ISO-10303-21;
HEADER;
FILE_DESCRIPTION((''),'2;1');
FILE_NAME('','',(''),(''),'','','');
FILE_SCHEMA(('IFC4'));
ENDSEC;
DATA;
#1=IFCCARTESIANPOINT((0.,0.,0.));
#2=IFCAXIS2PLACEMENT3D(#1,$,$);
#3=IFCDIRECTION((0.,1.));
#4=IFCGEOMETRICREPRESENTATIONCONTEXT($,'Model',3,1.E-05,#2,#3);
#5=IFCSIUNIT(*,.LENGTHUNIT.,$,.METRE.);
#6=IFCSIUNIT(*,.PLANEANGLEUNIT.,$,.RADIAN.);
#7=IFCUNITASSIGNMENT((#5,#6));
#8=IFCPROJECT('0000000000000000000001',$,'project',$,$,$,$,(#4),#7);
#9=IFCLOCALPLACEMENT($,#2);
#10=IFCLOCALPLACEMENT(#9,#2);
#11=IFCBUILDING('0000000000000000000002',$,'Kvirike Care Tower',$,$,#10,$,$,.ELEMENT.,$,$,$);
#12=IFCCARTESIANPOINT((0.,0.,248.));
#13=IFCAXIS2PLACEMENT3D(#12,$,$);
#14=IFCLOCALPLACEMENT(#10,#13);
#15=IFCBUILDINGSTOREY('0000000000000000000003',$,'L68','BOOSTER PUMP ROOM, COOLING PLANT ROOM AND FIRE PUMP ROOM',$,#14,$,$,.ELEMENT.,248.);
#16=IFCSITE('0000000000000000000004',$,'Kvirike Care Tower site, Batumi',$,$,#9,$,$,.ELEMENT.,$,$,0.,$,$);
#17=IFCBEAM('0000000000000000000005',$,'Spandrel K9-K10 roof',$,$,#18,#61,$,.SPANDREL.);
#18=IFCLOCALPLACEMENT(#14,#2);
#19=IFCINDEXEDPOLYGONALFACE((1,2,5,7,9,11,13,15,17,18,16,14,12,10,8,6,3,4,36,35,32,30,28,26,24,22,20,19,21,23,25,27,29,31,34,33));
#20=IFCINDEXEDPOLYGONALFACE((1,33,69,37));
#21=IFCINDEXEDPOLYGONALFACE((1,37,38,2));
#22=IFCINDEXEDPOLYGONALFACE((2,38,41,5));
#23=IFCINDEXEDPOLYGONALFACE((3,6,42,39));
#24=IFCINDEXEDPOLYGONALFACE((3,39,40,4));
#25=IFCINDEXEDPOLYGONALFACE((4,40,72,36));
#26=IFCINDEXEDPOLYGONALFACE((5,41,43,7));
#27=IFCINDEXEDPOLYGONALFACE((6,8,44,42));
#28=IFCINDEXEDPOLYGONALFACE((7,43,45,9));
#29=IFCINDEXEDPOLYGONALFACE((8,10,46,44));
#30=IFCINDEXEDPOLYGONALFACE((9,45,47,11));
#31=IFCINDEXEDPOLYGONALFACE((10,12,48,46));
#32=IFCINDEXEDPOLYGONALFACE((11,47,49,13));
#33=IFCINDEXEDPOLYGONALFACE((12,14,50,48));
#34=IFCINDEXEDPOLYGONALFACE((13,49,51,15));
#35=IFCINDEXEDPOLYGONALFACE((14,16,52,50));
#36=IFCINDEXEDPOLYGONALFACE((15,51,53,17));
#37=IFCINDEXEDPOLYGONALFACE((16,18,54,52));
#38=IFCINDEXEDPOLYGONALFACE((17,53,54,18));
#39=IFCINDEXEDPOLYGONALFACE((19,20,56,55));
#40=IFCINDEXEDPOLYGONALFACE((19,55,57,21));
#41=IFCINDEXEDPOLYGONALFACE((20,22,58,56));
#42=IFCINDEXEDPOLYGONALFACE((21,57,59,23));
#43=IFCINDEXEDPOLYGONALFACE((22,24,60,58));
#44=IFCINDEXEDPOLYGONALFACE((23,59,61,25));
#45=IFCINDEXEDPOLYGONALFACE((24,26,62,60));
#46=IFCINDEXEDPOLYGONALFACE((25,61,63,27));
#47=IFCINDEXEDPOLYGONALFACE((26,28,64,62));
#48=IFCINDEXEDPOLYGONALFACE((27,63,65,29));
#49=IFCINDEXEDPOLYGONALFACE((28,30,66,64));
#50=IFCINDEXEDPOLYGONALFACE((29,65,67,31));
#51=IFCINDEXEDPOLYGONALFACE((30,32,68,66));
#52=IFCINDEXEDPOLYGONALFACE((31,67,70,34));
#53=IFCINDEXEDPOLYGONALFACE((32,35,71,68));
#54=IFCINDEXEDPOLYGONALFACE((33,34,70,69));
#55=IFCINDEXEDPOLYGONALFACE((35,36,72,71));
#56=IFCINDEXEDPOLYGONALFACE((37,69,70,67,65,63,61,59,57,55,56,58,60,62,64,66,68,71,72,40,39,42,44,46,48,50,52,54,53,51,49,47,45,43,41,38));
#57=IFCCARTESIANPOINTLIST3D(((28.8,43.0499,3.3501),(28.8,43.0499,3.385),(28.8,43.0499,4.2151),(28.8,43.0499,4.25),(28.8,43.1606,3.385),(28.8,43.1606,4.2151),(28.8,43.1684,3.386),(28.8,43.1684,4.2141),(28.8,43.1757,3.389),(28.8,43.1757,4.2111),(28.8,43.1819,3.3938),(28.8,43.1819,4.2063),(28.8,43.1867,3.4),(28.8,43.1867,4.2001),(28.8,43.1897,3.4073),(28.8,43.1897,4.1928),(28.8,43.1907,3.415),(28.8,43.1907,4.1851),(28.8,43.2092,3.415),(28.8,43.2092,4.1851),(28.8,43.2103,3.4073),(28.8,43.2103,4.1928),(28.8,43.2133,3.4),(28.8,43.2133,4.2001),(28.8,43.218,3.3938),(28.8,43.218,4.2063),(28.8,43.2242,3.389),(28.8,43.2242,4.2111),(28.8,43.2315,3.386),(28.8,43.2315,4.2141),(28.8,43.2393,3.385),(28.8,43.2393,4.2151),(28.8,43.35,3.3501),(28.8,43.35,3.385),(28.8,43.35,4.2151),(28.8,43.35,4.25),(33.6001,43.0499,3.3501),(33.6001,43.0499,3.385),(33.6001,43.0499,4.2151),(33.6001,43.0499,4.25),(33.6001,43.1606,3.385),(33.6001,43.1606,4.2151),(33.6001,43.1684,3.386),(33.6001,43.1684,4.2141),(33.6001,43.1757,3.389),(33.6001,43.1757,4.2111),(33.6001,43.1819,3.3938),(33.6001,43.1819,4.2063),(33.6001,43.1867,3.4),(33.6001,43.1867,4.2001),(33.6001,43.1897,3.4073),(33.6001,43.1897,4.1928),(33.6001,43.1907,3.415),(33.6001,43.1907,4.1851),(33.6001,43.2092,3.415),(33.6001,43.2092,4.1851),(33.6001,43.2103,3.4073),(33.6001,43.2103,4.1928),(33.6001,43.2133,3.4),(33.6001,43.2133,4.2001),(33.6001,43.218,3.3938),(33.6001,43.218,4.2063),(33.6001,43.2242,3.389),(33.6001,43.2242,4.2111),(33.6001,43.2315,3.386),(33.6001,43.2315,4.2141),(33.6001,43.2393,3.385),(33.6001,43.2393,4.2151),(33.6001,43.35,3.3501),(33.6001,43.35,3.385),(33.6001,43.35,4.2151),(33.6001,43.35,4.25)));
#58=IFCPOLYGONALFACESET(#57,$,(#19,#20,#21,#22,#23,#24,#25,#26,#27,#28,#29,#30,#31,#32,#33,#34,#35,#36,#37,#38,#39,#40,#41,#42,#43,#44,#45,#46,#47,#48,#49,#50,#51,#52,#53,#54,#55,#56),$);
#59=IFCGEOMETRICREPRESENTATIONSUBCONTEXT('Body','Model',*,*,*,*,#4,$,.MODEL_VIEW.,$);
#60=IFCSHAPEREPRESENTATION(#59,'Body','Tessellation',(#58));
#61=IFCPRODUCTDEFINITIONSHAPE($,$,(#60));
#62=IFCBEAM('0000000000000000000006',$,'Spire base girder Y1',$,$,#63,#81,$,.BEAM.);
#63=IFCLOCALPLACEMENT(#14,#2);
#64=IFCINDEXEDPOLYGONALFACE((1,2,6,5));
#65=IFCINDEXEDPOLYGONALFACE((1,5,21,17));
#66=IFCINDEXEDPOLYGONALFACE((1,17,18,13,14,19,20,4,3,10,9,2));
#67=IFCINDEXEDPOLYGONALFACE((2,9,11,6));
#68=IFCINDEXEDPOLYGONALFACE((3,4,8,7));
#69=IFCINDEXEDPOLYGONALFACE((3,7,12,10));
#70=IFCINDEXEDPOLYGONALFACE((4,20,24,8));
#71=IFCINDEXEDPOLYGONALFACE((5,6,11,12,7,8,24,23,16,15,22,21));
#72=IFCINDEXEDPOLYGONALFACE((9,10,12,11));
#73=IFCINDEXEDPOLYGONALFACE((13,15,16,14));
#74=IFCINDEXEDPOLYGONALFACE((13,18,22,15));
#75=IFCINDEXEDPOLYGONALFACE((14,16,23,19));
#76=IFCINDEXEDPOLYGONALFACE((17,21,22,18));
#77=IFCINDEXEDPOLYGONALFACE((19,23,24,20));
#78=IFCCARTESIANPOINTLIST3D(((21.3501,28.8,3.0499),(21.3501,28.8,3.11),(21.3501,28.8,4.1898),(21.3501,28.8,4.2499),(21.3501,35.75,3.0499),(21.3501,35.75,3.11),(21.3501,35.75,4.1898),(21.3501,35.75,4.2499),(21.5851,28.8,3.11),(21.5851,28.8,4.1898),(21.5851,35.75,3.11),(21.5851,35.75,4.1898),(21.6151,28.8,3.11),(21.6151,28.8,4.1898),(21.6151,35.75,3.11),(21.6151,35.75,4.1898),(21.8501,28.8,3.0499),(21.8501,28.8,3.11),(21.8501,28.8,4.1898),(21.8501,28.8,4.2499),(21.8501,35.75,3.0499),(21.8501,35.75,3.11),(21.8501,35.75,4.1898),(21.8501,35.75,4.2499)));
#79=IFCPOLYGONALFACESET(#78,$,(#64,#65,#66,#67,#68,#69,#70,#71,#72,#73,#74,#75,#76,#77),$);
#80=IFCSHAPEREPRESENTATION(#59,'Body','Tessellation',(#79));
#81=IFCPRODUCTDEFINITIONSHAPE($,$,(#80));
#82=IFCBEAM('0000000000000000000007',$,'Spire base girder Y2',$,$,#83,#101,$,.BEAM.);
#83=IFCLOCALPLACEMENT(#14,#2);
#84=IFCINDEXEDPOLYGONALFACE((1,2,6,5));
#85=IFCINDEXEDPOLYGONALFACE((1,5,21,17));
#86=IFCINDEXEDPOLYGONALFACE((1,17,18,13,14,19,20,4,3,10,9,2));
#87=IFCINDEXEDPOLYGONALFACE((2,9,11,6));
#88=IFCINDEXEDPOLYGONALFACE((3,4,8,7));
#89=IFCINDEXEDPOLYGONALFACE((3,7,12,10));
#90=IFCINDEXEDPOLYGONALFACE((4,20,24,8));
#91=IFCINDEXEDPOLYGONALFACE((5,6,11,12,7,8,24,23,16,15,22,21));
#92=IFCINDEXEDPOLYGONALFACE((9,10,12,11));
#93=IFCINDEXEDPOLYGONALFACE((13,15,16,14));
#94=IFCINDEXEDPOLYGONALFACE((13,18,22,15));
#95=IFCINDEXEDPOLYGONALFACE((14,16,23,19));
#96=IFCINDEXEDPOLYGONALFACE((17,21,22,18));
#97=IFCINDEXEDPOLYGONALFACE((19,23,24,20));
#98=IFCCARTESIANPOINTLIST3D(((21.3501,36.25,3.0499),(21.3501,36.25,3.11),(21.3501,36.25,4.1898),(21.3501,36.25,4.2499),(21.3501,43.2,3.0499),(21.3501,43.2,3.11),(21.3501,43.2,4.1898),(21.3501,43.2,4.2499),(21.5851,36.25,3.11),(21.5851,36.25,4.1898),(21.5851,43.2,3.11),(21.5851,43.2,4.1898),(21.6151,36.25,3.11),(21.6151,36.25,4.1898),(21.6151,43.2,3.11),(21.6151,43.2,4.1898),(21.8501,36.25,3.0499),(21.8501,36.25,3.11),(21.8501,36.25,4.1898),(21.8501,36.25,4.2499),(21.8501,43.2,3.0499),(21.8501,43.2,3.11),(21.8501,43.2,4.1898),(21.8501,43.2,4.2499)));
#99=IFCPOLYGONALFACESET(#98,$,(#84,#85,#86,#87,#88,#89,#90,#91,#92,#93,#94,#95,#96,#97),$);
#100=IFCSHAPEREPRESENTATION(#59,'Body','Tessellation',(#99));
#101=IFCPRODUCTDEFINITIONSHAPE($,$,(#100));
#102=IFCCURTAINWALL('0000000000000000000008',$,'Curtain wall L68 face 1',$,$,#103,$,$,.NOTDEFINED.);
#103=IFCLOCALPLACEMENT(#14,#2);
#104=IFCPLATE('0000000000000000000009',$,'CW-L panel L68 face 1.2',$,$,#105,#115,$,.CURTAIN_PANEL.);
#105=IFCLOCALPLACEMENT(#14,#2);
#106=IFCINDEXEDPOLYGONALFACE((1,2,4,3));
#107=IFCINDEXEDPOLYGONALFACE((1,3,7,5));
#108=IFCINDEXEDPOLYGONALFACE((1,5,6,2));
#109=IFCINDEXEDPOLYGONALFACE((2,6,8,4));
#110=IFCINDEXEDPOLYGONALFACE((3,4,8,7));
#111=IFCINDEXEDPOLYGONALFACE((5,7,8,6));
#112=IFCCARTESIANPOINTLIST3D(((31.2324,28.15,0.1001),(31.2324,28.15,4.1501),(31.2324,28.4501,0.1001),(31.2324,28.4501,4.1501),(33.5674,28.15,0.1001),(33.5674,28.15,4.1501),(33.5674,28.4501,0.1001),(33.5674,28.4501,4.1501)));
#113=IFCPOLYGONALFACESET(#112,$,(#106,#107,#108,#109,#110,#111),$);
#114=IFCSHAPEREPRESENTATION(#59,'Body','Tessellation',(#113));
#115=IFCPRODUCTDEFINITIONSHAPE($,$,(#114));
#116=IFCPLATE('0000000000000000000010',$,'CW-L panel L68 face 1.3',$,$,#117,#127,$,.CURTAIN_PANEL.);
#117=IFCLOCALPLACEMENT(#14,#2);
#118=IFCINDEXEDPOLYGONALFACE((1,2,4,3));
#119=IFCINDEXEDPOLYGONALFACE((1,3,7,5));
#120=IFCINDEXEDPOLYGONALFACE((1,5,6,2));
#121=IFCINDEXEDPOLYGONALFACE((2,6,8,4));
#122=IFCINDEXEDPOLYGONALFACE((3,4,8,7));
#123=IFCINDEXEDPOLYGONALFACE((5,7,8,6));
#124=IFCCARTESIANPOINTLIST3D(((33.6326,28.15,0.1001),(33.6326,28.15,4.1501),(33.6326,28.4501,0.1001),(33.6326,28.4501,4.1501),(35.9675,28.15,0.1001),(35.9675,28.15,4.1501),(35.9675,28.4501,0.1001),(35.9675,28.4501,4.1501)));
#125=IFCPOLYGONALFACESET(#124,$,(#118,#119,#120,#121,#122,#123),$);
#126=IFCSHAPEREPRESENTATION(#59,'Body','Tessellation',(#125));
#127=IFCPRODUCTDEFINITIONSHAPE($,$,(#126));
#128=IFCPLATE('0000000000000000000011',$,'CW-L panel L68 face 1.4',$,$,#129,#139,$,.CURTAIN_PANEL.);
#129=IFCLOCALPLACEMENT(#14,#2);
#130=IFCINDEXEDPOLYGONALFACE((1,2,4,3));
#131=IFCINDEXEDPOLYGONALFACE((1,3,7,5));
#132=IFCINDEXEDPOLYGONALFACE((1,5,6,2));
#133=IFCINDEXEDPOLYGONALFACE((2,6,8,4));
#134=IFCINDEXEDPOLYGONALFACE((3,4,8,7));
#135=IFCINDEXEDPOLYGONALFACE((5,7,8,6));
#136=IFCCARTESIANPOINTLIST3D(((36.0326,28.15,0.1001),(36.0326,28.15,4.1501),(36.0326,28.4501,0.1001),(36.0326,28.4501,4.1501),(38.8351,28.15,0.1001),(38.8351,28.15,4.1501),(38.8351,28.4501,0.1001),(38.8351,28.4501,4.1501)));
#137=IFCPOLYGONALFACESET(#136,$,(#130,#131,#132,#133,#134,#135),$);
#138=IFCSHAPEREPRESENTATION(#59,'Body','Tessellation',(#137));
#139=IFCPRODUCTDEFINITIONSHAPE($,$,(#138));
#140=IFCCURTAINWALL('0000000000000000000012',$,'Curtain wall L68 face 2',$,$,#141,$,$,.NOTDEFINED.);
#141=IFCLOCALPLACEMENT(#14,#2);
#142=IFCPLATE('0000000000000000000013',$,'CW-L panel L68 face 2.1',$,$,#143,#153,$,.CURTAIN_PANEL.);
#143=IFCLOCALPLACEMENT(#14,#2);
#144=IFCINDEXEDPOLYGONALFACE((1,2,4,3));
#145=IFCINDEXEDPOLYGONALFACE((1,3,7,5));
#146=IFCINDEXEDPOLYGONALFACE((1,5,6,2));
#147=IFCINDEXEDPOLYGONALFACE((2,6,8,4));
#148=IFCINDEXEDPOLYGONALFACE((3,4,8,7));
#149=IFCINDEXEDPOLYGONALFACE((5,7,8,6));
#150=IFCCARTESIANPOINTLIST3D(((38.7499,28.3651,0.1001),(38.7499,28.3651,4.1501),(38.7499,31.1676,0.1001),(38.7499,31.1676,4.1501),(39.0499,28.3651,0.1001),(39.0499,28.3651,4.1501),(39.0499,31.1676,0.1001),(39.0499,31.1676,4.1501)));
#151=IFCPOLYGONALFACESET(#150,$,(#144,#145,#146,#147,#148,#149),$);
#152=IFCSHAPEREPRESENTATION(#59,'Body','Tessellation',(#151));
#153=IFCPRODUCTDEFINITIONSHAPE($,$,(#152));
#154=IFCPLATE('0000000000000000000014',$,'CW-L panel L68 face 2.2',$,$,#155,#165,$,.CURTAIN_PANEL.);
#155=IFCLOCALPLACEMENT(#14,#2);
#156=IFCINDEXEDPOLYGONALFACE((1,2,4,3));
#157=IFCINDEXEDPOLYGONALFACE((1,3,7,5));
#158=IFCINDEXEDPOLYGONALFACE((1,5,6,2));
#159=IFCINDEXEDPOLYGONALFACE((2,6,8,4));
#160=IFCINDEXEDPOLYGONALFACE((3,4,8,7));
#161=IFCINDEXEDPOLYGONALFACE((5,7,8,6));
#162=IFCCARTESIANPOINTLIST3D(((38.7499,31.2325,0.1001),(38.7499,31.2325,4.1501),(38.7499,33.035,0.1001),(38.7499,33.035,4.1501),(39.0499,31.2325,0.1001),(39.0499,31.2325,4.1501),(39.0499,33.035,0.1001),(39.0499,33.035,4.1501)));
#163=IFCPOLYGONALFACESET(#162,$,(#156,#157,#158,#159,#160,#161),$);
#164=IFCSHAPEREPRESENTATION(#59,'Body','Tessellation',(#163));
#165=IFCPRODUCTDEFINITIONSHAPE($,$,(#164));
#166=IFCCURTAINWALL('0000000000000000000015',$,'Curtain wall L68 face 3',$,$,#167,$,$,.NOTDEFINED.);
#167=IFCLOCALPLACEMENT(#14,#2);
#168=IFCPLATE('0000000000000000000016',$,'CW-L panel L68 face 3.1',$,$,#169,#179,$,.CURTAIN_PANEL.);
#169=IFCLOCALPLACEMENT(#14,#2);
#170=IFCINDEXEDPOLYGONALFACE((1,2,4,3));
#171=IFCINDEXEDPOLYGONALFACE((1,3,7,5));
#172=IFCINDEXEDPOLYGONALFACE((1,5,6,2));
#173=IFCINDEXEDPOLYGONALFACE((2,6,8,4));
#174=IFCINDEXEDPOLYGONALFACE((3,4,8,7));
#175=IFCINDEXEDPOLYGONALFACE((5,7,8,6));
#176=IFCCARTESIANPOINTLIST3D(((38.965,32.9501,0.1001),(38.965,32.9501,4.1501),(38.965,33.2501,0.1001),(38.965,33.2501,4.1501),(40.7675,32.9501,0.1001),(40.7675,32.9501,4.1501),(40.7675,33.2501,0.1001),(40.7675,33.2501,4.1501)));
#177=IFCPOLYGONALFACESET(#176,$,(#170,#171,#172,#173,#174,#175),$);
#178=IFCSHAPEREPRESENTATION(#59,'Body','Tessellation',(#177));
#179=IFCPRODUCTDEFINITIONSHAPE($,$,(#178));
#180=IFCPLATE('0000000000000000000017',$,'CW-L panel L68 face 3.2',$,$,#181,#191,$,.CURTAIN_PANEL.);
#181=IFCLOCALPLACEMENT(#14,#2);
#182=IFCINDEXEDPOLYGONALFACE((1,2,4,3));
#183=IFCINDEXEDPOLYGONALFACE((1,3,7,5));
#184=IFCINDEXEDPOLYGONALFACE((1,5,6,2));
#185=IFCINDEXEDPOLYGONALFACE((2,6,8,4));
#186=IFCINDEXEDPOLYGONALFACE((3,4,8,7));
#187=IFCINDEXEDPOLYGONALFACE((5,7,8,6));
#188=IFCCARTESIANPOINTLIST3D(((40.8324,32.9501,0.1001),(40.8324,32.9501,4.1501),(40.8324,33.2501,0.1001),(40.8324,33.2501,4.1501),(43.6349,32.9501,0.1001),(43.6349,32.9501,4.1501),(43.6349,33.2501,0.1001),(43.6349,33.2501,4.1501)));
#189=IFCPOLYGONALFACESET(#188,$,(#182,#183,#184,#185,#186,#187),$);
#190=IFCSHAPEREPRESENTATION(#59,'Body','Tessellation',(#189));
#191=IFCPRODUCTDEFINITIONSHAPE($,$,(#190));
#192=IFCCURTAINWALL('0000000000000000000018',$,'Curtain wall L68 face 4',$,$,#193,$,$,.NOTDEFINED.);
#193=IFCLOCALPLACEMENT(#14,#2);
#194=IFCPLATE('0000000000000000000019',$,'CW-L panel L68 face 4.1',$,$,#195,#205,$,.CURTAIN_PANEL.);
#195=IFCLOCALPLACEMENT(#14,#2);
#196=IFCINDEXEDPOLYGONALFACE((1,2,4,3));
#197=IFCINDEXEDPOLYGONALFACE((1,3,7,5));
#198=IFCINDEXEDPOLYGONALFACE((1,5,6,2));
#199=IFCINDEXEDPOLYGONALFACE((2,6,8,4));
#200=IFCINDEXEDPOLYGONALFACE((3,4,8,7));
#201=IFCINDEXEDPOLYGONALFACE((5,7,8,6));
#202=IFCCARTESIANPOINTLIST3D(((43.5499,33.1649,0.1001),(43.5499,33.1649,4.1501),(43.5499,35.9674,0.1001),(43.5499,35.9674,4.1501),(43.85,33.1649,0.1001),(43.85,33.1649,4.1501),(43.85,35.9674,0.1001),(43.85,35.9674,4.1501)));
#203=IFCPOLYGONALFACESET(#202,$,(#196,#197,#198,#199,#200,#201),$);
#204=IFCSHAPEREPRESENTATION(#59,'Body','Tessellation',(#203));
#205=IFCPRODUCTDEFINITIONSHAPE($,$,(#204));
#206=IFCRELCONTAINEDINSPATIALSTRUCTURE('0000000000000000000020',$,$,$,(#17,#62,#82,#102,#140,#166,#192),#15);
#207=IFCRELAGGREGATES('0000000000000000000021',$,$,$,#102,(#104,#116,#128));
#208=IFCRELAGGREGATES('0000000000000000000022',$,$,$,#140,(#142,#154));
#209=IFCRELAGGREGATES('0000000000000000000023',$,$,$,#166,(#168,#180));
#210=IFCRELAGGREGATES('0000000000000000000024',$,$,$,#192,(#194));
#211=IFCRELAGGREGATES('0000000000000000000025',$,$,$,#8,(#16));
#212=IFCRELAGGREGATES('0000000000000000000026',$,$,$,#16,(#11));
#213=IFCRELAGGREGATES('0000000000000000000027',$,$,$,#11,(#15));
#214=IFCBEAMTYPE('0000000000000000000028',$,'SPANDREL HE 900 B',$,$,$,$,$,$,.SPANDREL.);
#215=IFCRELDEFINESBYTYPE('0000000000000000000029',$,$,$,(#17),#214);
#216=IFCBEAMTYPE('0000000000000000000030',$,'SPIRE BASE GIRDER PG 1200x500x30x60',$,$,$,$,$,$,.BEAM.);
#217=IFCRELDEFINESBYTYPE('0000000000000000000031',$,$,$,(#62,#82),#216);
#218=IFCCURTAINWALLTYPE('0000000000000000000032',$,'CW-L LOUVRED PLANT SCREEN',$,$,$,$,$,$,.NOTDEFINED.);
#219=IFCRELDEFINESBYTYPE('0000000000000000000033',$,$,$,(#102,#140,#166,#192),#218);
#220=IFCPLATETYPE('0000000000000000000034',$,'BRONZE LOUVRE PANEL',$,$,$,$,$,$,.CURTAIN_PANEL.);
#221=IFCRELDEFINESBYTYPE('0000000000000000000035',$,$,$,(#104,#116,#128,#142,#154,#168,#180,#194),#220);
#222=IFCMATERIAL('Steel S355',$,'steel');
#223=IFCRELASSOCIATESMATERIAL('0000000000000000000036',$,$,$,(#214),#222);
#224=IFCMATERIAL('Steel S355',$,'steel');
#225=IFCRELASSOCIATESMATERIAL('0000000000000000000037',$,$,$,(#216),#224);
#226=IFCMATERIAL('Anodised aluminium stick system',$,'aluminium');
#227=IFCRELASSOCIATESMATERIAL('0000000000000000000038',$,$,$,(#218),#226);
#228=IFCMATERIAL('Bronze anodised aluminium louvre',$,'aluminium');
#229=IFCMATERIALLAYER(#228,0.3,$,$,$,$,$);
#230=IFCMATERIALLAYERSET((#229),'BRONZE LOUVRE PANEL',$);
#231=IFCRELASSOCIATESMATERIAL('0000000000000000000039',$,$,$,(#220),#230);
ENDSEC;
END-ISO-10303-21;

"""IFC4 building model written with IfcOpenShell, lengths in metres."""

from ifc_helpers import new_model, si_unit, direction, frame, origin, origin_2d, place, context, subcontext, project, spatial, rectangle, i_section, extrude, material, layer, layer_set, material_profile, profile_set, type_object, element, aggregate, save


model = new_model("IFC4")

# Units and contexts
model_context = context("Model", 3, precision=1e-05, world=origin(), true_north=direction((0.0, 1.0)))
body_context = subcontext(model_context, "Body", "Model", "MODEL_VIEW")
ifc_project = project(units=[si_unit("LENGTHUNIT", "METRE"), si_unit("PLANEANGLEUNIT", "RADIAN")], contexts=[model_context])

# Site, building, storey
site_placement = place(None, origin())
site = spatial("IfcSite", under=ifc_project, at=site_placement, Name="Kvirike Care Tower site, Batumi", CompositionType="ELEMENT", RefElevation=0.0)
building_placement = place(site_placement, origin())
building = spatial("IfcBuilding", under=site, at=building_placement, Name="Kvirike Care Tower", CompositionType="ELEMENT")
storey_placement = place(building_placement, frame((0.0, 0.0, 248.0)))
storey = spatial("IfcBuildingStorey", under=building, at=storey_placement, Name="L68", Description="BOOSTER PUMP ROOM, COOLING PLANT ROOM AND FIRE PUMP ROOM", CompositionType="ELEMENT", Elevation=248.0)

# Beams
ifc_material_1 = material(Name="Steel S355", Category="steel")
ifc_material_profile_1 = material_profile(ifc_material_1, i_section(OverallWidth=0.3, OverallDepth=0.8999, WebThickness=0.0186, FlangeThickness=0.0349, FilletRadius=0.03, at=origin_2d()), Name="HE 900 B")
ifc_profile_set_1 = profile_set([ifc_material_profile_1], Name="Steel S355")
beam_type_1 = type_object("IfcBeamType", Name="SPANDREL HE 900 B", PredefinedType="SPANDREL", material=ifc_profile_set_1)
for number, where, z_axis, x_axis, name in (
    (1, (28.8, 43.2, 3.8), (1.0, 0.0, 0.0), (0.0, 1.0, 0.0), "Spandrel K9-K10 roof"),
):
    element("IfcBeam", number, at=place(storey_placement, frame(where, z_axis=z_axis, x_axis=x_axis)), inside=storey, type_object=beam_type_1, Name=name, PredefinedType="SPANDREL", context=body_context, shape_type="SweptSolid", body=[
        extrude(i_section(OverallWidth=0.3, OverallDepth=0.8999, WebThickness=0.0186, FlangeThickness=0.0349, FilletRadius=0.03, at=origin_2d()), origin(), (0.0, 0.0, 1.0), 4.8),
    ])
ifc_material_2 = material(Name="Steel S355", Category="steel")
ifc_material_profile_2 = material_profile(ifc_material_2, i_section(OverallWidth=0.5, OverallDepth=1.2, WebThickness=0.03, FlangeThickness=0.0601, at=origin_2d()), Name="PG 1200x500x30x60")
ifc_profile_set_2 = profile_set([ifc_material_profile_2], Name="Steel S355")
beam_type_2 = type_object("IfcBeamType", Name="SPIRE BASE GIRDER PG 1200x500x30x60", PredefinedType="BEAM", material=ifc_profile_set_2)
for number, where, z_axis, x_axis, name in (
    (2, (21.6001, 28.8, 3.6499), (0.0, 1.0, 0.0), (-1.0, 0.0, 0.0), "Spire base girder Y1"),
    (3, (21.6001, 36.25, 3.6499), (0.0, 1.0, 0.0), (-1.0, 0.0, 0.0), "Spire base girder Y2"),
):
    element("IfcBeam", number, at=place(storey_placement, frame(where, z_axis=z_axis, x_axis=x_axis)), inside=storey, type_object=beam_type_2, Name=name, PredefinedType="BEAM", context=body_context, shape_type="SweptSolid", body=[
        extrude(i_section(OverallWidth=0.5, OverallDepth=1.2, WebThickness=0.03, FlangeThickness=0.0601, at=origin_2d()), origin(), (0.0, 0.0, 1.0), 6.95),
    ])

# Curtain walls, plates
ifc_material_3 = material(Name="Anodised aluminium stick system", Category="aluminium")
curtain_wall_type = type_object("IfcCurtainWallType", Name="CW-L LOUVRED PLANT SCREEN", PredefinedType="NOTDEFINED", material=ifc_material_3)
curtain_wall_1_placement = place(storey_placement, origin())
curtain_wall_1 = element("IfcCurtainWall", 4, at=curtain_wall_1_placement, inside=storey, type_object=curtain_wall_type, Name="Curtain wall L68 face 1", PredefinedType="NOTDEFINED")
ifc_material_4 = material(Name="Bronze anodised aluminium louvre", Category="aluminium")
ifc_layer = layer(ifc_material_4, 0.3)
ifc_layer_set = layer_set([ifc_layer], Name="BRONZE LOUVRE PANEL")
plate_type = type_object("IfcPlateType", Name="BRONZE LOUVRE PANEL", PredefinedType="CURTAIN_PANEL", material=ifc_layer_set)
plate_1_placement = place(storey_placement, frame((32.3999, 28.3, 0.1001), z_axis=(0.0, 0.0, 1.0), x_axis=(1.0, 0.0, 0.0)))
plate_1 = element("IfcPlate", 5, at=plate_1_placement, type_object=plate_type, Name="CW-L panel L68 face 1.2", PredefinedType="CURTAIN_PANEL", context=body_context, shape_type="SweptSolid", body=[
    extrude(rectangle(XDim=2.335, YDim=0.3, at=origin_2d()), origin(), (0.0, 0.0, 1.0), 4.05),
])
plate_2_placement = place(storey_placement, frame((34.8, 28.3, 0.1001), z_axis=(0.0, 0.0, 1.0), x_axis=(1.0, 0.0, 0.0)))
plate_2 = element("IfcPlate", 6, at=plate_2_placement, type_object=plate_type, Name="CW-L panel L68 face 1.3", PredefinedType="CURTAIN_PANEL", context=body_context, shape_type="SweptSolid", body=[
    extrude(rectangle(XDim=2.335, YDim=0.3, at=origin_2d()), origin(), (0.0, 0.0, 1.0), 4.05),
])
plate_3_placement = place(storey_placement, frame((37.4338, 28.3, 0.1001), z_axis=(0.0, 0.0, 1.0), x_axis=(1.0, 0.0, 0.0)))
plate_3 = element("IfcPlate", 7, at=plate_3_placement, type_object=plate_type, Name="CW-L panel L68 face 1.4", PredefinedType="CURTAIN_PANEL", context=body_context, shape_type="SweptSolid", body=[
    extrude(rectangle(XDim=2.8025, YDim=0.3, at=origin_2d()), origin(), (0.0, 0.0, 1.0), 4.05),
])
aggregate(curtain_wall_1, [plate_1, plate_2, plate_3])
curtain_wall_2_placement = place(storey_placement, origin())
curtain_wall_2 = element("IfcCurtainWall", 8, at=curtain_wall_2_placement, inside=storey, type_object=curtain_wall_type, Name="Curtain wall L68 face 2", PredefinedType="NOTDEFINED")
plate_4_placement = place(storey_placement, frame((38.8999, 29.7664, 0.1001), z_axis=(0.0, 0.0, 1.0), x_axis=(0.0, 1.0, 0.0)))
plate_4 = element("IfcPlate", 9, at=plate_4_placement, type_object=plate_type, Name="CW-L panel L68 face 2.1", PredefinedType="CURTAIN_PANEL", context=body_context, shape_type="SweptSolid", body=[
    extrude(rectangle(XDim=2.8025, YDim=0.3, at=origin_2d()), origin(), (0.0, 0.0, 1.0), 4.05),
])
plate_5_placement = place(storey_placement, frame((38.8999, 32.1338, 0.1001), z_axis=(0.0, 0.0, 1.0), x_axis=(0.0, 1.0, 0.0)))
plate_5 = element("IfcPlate", 10, at=plate_5_placement, type_object=plate_type, Name="CW-L panel L68 face 2.2", PredefinedType="CURTAIN_PANEL", context=body_context, shape_type="SweptSolid", body=[
    extrude(rectangle(XDim=1.8025, YDim=0.3, at=origin_2d()), origin(), (0.0, 0.0, 1.0), 4.05),
])
aggregate(curtain_wall_2, [plate_4, plate_5])
curtain_wall_3_placement = place(storey_placement, origin())
curtain_wall_3 = element("IfcCurtainWall", 11, at=curtain_wall_3_placement, inside=storey, type_object=curtain_wall_type, Name="Curtain wall L68 face 3", PredefinedType="NOTDEFINED")
plate_6_placement = place(storey_placement, frame((39.8662, 33.1001, 0.1001), z_axis=(0.0, 0.0, 1.0), x_axis=(1.0, 0.0, 0.0)))
plate_6 = element("IfcPlate", 12, at=plate_6_placement, type_object=plate_type, Name="CW-L panel L68 face 3.1", PredefinedType="CURTAIN_PANEL", context=body_context, shape_type="SweptSolid", body=[
    extrude(rectangle(XDim=1.8025, YDim=0.3, at=origin_2d()), origin(), (0.0, 0.0, 1.0), 4.05),
])
plate_7_placement = place(storey_placement, frame((42.2336, 33.1001, 0.1001), z_axis=(0.0, 0.0, 1.0), x_axis=(1.0, 0.0, 0.0)))
plate_7 = element("IfcPlate", 13, at=plate_7_placement, type_object=plate_type, Name="CW-L panel L68 face 3.2", PredefinedType="CURTAIN_PANEL", context=body_context, shape_type="SweptSolid", body=[
    extrude(rectangle(XDim=2.8025, YDim=0.3, at=origin_2d()), origin(), (0.0, 0.0, 1.0), 4.05),
])
aggregate(curtain_wall_3, [plate_6, plate_7])
curtain_wall_4_placement = place(storey_placement, origin())
curtain_wall_4 = element("IfcCurtainWall", 14, at=curtain_wall_4_placement, inside=storey, type_object=curtain_wall_type, Name="Curtain wall L68 face 4", PredefinedType="NOTDEFINED")
plate_8_placement = place(storey_placement, frame((43.7, 34.5662, 0.1001), z_axis=(0.0, 0.0, 1.0), x_axis=(0.0, 1.0, 0.0)))
plate_8 = element("IfcPlate", 15, at=plate_8_placement, type_object=plate_type, Name="CW-L panel L68 face 4.1", PredefinedType="CURTAIN_PANEL", context=body_context, shape_type="SweptSolid", body=[
    extrude(rectangle(XDim=2.8025, YDim=0.3, at=origin_2d()), origin(), (0.0, 0.0, 1.0), 4.05),
])
aggregate(curtain_wall_4, [plate_8])

save(model, "model.ifc")
